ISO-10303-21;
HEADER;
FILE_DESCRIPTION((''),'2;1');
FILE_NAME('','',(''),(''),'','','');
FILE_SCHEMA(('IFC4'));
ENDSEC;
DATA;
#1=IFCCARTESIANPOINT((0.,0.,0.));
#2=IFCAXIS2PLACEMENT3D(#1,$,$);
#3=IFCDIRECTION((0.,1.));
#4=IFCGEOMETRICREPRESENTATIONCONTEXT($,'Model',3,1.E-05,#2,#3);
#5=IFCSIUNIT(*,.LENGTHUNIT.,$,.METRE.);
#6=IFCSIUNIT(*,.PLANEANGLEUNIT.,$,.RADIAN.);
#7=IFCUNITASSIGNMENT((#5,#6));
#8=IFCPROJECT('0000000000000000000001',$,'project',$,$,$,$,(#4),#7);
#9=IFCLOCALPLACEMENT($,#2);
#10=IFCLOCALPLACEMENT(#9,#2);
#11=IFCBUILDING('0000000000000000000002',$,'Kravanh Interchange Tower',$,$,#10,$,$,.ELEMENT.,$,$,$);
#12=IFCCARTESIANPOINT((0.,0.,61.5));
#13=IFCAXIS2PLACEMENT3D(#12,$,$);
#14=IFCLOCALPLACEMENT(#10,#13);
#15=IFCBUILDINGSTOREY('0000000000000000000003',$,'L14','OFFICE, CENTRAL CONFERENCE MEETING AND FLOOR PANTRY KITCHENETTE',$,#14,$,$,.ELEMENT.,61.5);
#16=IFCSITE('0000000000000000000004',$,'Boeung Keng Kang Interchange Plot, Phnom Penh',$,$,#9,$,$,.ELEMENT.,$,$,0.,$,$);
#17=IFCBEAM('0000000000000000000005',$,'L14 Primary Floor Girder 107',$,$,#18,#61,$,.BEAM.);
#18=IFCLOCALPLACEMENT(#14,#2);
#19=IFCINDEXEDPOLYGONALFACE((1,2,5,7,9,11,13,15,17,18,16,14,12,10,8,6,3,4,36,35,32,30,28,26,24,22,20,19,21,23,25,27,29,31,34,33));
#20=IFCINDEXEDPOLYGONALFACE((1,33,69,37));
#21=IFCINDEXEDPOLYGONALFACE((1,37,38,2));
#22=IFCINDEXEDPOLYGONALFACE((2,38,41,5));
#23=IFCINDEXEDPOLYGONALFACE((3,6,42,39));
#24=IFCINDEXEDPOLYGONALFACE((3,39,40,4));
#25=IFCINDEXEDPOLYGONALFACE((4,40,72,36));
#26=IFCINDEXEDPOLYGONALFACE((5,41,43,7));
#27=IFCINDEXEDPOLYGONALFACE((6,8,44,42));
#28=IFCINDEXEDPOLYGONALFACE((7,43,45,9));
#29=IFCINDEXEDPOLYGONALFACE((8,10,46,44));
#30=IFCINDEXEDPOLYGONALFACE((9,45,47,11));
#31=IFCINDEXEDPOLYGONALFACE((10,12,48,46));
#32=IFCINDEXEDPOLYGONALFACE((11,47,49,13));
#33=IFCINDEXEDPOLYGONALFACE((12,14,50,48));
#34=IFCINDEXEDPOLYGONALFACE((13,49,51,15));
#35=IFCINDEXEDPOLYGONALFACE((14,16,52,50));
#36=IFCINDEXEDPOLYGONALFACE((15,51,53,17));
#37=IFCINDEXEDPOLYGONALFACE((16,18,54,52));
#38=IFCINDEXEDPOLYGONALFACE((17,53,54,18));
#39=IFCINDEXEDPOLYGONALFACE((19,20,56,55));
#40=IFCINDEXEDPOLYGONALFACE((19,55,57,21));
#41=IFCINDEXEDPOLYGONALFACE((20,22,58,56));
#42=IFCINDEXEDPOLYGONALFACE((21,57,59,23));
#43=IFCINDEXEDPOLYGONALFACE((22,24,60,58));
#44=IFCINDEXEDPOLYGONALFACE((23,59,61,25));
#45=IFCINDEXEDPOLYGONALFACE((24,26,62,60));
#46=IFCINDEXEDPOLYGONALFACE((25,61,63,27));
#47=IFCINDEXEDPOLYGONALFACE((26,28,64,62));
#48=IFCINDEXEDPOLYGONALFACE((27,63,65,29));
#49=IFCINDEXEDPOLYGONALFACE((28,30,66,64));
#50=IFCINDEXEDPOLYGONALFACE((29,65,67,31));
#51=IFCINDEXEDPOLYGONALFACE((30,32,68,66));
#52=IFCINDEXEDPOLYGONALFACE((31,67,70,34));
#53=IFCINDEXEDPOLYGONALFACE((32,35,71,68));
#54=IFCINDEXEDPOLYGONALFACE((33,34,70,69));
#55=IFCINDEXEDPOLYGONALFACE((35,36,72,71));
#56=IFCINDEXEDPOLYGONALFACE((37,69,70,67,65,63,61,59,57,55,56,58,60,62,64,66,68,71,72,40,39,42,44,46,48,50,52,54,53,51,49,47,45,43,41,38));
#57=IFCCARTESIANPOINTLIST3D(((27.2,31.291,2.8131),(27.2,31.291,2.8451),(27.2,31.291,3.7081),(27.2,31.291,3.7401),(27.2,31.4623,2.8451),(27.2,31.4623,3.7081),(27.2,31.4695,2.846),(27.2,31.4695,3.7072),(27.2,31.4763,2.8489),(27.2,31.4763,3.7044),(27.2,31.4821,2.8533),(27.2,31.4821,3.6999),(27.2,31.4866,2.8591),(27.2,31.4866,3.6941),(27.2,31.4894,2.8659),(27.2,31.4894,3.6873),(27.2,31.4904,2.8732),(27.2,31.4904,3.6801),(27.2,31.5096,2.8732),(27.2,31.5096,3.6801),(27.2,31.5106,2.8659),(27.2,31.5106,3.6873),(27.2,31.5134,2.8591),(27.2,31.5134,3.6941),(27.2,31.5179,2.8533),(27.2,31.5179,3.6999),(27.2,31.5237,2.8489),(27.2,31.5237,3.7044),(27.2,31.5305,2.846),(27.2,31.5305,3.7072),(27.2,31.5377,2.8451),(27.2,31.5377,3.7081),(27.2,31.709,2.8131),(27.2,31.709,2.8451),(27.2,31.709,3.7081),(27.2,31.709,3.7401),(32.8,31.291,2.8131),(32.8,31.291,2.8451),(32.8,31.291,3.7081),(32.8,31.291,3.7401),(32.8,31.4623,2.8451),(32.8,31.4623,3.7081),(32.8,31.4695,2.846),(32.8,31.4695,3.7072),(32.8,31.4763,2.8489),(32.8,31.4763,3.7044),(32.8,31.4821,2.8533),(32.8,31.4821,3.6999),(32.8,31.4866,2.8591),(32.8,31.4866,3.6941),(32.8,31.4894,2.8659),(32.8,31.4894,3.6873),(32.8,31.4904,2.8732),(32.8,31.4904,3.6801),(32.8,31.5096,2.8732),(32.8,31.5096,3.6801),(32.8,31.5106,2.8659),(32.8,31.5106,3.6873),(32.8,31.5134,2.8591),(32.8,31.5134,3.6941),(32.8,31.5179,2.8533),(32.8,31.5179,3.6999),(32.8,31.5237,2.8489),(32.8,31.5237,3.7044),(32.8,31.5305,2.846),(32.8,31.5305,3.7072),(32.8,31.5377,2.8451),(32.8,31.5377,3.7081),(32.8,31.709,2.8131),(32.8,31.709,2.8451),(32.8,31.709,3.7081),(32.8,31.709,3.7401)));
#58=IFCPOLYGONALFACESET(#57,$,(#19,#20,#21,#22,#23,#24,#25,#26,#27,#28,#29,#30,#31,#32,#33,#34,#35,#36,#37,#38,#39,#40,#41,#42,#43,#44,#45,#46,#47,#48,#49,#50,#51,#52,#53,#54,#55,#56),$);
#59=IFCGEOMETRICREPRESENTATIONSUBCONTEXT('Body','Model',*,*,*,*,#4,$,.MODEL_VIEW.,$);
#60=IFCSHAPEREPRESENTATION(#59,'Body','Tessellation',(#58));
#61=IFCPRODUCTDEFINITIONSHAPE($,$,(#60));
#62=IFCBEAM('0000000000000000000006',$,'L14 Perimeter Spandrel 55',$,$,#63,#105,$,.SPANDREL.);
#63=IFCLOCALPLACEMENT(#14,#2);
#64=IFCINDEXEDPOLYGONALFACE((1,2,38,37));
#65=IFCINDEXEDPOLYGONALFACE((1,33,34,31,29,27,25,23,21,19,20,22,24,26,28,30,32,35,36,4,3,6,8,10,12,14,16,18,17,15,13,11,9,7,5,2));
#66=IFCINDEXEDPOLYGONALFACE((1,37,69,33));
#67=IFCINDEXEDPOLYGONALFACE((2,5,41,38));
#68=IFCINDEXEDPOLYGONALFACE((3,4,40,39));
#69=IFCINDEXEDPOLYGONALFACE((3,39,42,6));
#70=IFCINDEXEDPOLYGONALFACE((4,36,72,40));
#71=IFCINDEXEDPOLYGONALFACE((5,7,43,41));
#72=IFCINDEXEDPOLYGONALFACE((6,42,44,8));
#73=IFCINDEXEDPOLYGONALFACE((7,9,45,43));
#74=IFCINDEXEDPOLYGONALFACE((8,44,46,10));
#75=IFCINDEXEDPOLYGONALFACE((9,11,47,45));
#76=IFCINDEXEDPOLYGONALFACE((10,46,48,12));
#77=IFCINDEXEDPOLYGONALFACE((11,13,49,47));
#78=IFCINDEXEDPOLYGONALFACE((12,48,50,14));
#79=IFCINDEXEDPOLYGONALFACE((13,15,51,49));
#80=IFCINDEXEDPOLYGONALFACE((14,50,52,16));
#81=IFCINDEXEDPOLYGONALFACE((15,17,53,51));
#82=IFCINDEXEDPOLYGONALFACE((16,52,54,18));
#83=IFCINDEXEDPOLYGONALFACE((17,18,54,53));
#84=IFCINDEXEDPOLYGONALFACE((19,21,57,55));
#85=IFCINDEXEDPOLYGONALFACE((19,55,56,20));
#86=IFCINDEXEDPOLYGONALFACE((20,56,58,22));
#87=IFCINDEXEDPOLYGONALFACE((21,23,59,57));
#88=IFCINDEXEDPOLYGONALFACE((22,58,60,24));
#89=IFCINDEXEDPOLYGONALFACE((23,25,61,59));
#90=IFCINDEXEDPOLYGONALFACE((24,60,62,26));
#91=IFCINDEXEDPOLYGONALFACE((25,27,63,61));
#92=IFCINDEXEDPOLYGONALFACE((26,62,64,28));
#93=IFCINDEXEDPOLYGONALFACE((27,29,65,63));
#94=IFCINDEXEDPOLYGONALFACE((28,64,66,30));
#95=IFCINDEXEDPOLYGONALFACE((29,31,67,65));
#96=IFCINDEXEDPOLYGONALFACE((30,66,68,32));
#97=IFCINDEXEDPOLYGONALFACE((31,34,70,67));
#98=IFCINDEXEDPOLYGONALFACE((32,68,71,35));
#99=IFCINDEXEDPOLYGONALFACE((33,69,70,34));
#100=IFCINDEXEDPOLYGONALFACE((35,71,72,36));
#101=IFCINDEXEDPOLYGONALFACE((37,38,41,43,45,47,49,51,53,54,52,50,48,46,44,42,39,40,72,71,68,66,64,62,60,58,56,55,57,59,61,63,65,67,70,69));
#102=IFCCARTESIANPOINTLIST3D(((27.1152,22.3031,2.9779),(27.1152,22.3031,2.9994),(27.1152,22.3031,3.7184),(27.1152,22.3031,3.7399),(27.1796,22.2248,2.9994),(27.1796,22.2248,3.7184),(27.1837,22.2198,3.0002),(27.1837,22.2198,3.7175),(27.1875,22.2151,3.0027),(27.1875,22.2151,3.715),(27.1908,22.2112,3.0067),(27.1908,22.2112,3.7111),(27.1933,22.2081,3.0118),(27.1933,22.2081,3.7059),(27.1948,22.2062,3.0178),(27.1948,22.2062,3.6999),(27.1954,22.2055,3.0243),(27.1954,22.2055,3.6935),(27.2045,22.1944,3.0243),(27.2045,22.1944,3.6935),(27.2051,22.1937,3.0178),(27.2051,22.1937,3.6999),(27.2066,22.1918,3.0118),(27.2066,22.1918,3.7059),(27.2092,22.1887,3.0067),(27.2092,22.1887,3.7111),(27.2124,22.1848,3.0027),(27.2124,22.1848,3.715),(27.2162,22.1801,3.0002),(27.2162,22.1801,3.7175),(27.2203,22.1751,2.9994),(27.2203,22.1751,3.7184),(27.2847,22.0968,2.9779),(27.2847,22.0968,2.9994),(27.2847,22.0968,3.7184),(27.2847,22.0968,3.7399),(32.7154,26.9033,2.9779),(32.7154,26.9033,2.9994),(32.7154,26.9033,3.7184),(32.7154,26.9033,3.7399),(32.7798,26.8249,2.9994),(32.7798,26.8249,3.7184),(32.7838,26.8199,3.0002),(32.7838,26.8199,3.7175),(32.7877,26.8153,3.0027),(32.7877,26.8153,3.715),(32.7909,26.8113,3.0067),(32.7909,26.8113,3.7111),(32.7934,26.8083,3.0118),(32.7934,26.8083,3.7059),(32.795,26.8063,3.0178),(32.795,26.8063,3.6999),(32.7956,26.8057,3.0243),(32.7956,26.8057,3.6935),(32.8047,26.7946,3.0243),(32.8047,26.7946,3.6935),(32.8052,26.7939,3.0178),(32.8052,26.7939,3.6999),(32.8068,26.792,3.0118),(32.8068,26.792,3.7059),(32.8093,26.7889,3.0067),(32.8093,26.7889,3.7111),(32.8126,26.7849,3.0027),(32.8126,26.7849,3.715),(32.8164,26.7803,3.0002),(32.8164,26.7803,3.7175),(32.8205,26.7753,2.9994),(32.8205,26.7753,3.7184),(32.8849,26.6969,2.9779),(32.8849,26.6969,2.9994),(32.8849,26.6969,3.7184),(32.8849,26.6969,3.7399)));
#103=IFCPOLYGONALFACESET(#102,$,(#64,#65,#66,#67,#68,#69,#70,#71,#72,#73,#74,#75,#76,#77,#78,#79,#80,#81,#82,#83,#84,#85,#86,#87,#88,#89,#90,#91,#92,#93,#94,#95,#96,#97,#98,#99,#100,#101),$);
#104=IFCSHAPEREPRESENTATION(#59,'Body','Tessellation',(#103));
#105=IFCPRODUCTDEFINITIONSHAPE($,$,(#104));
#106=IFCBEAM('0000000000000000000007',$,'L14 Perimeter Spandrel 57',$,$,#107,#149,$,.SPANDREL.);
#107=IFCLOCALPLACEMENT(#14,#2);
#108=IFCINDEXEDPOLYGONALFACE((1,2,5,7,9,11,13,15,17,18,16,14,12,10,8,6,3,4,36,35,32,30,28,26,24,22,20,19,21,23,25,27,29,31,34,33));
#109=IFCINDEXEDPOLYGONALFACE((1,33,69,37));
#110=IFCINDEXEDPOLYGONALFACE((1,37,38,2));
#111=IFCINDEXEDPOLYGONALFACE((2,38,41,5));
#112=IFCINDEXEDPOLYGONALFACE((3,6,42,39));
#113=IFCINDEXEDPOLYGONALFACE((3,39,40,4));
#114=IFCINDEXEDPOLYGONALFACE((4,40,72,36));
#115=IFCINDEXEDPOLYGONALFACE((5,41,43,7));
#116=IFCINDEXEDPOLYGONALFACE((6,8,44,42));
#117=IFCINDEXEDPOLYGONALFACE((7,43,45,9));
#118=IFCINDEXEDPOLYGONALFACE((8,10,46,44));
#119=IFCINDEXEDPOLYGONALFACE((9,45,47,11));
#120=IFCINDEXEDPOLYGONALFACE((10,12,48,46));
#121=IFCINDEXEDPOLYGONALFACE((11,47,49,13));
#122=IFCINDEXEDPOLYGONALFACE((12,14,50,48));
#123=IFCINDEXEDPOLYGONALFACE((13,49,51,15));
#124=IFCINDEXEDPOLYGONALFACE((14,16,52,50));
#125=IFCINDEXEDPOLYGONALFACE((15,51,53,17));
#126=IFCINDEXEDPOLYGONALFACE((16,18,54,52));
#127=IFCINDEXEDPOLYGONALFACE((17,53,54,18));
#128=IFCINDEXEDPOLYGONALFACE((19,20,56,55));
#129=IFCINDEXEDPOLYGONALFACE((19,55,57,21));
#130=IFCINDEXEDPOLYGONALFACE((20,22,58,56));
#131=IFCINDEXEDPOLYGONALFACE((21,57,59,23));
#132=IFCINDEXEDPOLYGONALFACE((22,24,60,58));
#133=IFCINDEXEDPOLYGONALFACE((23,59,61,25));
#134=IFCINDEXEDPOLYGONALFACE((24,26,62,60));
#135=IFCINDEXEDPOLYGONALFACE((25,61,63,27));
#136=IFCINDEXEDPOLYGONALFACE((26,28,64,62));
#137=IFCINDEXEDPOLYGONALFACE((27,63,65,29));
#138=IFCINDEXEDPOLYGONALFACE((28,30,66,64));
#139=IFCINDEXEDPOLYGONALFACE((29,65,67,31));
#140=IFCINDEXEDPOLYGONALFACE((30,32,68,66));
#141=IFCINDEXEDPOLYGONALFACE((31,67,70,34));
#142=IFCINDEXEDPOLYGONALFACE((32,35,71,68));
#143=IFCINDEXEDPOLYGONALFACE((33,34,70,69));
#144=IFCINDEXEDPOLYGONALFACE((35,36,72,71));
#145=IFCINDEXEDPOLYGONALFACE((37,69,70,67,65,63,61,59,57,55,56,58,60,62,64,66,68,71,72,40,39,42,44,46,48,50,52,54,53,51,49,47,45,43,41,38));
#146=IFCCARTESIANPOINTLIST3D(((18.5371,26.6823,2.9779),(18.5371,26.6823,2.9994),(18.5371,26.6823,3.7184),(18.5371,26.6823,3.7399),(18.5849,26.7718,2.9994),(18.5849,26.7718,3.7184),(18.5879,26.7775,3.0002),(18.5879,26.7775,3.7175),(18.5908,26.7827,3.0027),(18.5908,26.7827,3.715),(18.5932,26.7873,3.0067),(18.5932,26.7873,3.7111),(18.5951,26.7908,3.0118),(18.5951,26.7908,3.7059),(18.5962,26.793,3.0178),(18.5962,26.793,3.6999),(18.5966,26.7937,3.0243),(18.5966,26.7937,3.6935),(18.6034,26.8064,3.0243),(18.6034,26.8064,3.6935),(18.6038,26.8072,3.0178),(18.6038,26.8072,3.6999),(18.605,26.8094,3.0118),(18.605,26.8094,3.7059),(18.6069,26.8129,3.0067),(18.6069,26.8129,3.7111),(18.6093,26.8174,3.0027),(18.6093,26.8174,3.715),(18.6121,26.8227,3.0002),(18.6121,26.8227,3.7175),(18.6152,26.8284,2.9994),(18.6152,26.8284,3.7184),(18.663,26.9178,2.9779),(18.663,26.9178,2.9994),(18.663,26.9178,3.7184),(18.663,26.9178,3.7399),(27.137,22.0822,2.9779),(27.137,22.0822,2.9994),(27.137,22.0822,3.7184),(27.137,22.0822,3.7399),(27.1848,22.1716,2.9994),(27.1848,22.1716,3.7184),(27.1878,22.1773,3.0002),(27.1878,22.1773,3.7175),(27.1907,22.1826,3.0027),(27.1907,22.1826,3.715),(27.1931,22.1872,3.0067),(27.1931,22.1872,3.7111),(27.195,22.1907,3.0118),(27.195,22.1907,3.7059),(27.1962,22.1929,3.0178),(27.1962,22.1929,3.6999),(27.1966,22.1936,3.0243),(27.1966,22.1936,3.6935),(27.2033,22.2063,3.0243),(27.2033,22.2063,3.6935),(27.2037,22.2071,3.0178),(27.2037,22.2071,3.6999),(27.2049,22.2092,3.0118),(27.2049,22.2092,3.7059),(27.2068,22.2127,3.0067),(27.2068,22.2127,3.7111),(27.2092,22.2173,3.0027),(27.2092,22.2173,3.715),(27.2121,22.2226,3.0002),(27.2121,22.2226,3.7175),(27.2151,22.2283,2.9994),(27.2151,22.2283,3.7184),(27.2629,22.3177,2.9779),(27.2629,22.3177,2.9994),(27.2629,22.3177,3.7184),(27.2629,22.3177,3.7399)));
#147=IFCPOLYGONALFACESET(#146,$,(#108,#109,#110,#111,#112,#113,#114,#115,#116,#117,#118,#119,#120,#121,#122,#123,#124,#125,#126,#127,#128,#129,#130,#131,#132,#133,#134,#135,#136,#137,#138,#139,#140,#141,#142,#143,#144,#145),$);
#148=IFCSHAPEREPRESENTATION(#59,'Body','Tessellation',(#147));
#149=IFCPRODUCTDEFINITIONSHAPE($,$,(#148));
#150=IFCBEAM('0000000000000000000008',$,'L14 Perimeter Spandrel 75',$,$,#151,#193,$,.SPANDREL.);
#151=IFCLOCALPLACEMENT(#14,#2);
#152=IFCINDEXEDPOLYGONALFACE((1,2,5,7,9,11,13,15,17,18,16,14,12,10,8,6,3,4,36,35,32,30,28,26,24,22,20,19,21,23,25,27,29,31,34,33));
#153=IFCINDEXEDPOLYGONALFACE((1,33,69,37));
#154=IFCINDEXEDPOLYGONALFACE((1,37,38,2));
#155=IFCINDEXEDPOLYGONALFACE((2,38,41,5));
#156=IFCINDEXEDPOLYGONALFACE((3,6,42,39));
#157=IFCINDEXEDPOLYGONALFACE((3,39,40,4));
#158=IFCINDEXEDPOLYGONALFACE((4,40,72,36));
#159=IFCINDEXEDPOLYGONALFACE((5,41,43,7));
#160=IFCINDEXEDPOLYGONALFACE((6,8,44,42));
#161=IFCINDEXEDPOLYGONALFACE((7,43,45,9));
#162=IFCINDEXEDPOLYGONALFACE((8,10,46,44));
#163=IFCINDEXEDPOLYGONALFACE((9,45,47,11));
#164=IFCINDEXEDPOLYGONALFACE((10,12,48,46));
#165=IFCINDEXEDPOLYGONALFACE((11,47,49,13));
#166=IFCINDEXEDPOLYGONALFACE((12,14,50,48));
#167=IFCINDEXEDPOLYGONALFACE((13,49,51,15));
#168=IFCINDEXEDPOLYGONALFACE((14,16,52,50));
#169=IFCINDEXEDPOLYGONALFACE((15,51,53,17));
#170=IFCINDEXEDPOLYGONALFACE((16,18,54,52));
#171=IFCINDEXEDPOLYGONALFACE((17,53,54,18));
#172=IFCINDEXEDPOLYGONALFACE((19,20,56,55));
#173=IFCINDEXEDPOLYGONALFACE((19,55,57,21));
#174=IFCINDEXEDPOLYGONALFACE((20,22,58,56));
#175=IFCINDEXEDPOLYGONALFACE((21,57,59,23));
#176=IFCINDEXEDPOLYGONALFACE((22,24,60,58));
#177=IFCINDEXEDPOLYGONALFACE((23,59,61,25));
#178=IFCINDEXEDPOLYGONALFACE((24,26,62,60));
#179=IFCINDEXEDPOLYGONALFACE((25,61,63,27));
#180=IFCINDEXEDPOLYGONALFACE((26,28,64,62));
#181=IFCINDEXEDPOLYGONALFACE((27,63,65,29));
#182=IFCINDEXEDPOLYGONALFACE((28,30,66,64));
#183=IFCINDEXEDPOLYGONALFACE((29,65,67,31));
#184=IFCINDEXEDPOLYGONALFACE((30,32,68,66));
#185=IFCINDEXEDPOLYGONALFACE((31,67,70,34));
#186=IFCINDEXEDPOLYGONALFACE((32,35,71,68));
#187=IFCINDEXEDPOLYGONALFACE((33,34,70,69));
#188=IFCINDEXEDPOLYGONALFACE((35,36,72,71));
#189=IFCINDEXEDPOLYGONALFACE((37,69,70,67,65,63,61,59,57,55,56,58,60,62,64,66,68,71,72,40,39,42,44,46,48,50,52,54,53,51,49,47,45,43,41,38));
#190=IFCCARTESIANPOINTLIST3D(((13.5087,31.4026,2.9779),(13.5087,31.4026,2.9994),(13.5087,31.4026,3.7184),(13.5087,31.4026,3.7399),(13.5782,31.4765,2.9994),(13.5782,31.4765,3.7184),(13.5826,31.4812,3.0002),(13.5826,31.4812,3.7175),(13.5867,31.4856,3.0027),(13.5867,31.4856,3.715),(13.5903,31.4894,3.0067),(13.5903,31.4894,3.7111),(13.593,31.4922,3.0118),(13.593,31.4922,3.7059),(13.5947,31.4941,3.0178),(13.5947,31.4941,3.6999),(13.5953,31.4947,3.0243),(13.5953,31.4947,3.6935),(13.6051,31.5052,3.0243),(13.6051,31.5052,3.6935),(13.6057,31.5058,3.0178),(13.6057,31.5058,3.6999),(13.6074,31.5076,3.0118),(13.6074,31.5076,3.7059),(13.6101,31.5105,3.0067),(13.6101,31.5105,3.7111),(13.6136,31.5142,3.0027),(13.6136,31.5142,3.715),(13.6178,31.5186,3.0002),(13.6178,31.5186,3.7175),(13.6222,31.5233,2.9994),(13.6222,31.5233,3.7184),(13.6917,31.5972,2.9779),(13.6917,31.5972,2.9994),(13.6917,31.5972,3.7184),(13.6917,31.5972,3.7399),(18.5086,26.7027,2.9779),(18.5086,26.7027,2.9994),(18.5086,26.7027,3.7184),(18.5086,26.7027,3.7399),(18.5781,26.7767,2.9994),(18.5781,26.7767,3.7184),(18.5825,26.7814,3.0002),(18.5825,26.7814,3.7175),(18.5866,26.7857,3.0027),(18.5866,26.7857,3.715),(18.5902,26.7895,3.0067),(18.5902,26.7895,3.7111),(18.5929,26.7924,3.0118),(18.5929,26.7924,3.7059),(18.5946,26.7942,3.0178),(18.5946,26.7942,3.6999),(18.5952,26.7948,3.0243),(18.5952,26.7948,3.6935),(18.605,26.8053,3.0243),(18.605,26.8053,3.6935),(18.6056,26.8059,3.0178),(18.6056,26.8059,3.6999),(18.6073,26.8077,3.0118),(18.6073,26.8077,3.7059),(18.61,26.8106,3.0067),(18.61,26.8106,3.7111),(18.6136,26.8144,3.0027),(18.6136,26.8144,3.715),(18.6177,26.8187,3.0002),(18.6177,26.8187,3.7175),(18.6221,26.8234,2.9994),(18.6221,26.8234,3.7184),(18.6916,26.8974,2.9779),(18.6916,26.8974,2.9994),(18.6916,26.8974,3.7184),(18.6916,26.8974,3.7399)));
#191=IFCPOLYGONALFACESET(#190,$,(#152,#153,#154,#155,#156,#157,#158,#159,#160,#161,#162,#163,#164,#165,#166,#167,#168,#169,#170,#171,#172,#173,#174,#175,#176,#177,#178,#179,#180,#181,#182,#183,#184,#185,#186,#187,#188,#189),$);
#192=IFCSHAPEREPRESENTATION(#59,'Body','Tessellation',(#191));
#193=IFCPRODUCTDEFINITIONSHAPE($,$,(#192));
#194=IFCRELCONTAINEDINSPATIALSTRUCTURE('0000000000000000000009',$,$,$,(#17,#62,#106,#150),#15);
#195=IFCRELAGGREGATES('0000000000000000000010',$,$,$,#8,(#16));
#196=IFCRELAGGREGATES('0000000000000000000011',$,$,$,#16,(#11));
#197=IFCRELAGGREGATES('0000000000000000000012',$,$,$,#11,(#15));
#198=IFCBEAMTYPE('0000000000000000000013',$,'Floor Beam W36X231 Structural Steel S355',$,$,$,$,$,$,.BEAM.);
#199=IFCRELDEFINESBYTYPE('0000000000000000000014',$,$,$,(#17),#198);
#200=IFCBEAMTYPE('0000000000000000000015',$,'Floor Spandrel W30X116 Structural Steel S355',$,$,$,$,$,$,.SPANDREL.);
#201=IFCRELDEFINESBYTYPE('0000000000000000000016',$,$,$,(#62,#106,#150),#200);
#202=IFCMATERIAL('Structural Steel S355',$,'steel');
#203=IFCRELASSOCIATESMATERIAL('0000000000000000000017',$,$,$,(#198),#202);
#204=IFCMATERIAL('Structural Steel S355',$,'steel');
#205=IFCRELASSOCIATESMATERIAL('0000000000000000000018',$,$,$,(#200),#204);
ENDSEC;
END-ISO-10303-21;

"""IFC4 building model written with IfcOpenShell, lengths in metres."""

from ifc_helpers import new_model, si_unit, direction, frame, origin, origin_2d, place, context, subcontext, project, spatial, i_section, extrude, material, material_profile, profile_set, type_object, element, save


model = new_model("IFC4")

# Units and contexts
model_context = context("Model", 3, precision=1e-05, world=origin(), true_north=direction((0.0, 1.0)))
body_context = subcontext(model_context, "Body", "Model", "MODEL_VIEW")
ifc_project = project(units=[si_unit("LENGTHUNIT", "METRE"), si_unit("PLANEANGLEUNIT", "RADIAN")], contexts=[model_context])

# Site, building, storey
site_placement = place(None, origin())
site = spatial("IfcSite", under=ifc_project, at=site_placement, Name="Boeung Keng Kang Interchange Plot, Phnom Penh", CompositionType="ELEMENT", RefElevation=0.0)
building_placement = place(site_placement, origin())
building = spatial("IfcBuilding", under=site, at=building_placement, Name="Kravanh Interchange Tower", CompositionType="ELEMENT")
storey_placement = place(building_placement, frame((0.0, 0.0, 61.5)))
storey = spatial("IfcBuildingStorey", under=building, at=storey_placement, Name="L14", Description="OFFICE, CENTRAL CONFERENCE MEETING AND FLOOR PANTRY KITCHENETTE", CompositionType="ELEMENT", Elevation=61.5)

# Beams
ifc_material_1 = material(Name="Structural Steel S355", Category="steel")
ifc_material_profile_1 = material_profile(ifc_material_1, i_section(OverallWidth=0.418, OverallDepth=0.927, WebThickness=0.0193, FlangeThickness=0.032, FilletRadius=0.0281, at=origin_2d()), Name="W36X231")
ifc_profile_set_1 = profile_set([ifc_material_profile_1], Name="Structural Steel S355")
beam_type_1 = type_object("IfcBeamType", Name="Floor Beam W36X231 Structural Steel S355", PredefinedType="BEAM", material=ifc_profile_set_1)
beam_1_placement = place(storey_placement, frame((27.2, 31.5, 3.2766), z_axis=(1.0, 0.0, 0.0), x_axis=(0.0, 1.0, 0.0)))
element("IfcBeam", 1, at=beam_1_placement, inside=storey, type_object=beam_type_1, Name="L14 Primary Floor Girder 107", PredefinedType="BEAM", context=body_context, shape_type="SweptSolid", body=[
    extrude(i_section(OverallWidth=0.418, OverallDepth=0.927, WebThickness=0.0193, FlangeThickness=0.032, FilletRadius=0.0281, at=origin_2d()), origin(), (0.0, 0.0, 1.0), 5.6001),
])
ifc_material_2 = material(Name="Structural Steel S355", Category="steel")
ifc_material_profile_2 = material_profile(ifc_material_2, i_section(OverallWidth=0.2671, OverallDepth=0.762, WebThickness=0.0144, FlangeThickness=0.0215, FilletRadius=0.0249, at=origin_2d()), Name="W30X116")
ifc_profile_set_2 = profile_set([ifc_material_profile_2], Name="Structural Steel S355")
beam_type_2 = type_object("IfcBeamType", Name="Floor Spandrel W30X116 Structural Steel S355", PredefinedType="SPANDREL", material=ifc_profile_set_2)
beam_2_placement = place(storey_placement, frame((27.2, 22.2, 3.3589), z_axis=(0.772725, 0.634741, 0.0), x_axis=(-0.634741, 0.772725, 0.0)))
element("IfcBeam", 2, at=beam_2_placement, inside=storey, type_object=beam_type_2, Name="L14 Perimeter Spandrel 55", PredefinedType="SPANDREL", context=body_context, shape_type="SweptSolid", body=[
    extrude(i_section(OverallWidth=0.2671, OverallDepth=0.762, WebThickness=0.0144, FlangeThickness=0.0215, FilletRadius=0.0249, at=origin_2d()), origin(), (0.0, 0.0, 1.0), 7.2473),
])
beam_3_placement = place(storey_placement, frame((27.2, 22.2, 3.3589), z_axis=(-0.881777, 0.471666, 0.0), x_axis=(-0.471666, -0.881777, 0.0)))
element("IfcBeam", 3, at=beam_3_placement, inside=storey, type_object=beam_type_2, Name="L14 Perimeter Spandrel 57", PredefinedType="SPANDREL", context=body_context, shape_type="SweptSolid", body=[
    extrude(i_section(OverallWidth=0.2671, OverallDepth=0.762, WebThickness=0.0144, FlangeThickness=0.0215, FilletRadius=0.0249, at=origin_2d()), origin(), (0.0, 0.0, 1.0), 9.7529),
])
beam_4_placement = place(storey_placement, frame((18.6001, 26.8, 3.3589), z_axis=(-0.728631, 0.684906, 0.0), x_axis=(-0.684906, -0.728631, 0.0)))
element("IfcBeam", 4, at=beam_4_placement, inside=storey, type_object=beam_type_2, Name="L14 Perimeter Spandrel 75", PredefinedType="SPANDREL", context=body_context, shape_type="SweptSolid", body=[
    extrude(i_section(OverallWidth=0.2671, OverallDepth=0.762, WebThickness=0.0144, FlangeThickness=0.0215, FilletRadius=0.0249, at=origin_2d()), origin(), (0.0, 0.0, 1.0), 6.8621),
])

save(model, "model.ifc")
